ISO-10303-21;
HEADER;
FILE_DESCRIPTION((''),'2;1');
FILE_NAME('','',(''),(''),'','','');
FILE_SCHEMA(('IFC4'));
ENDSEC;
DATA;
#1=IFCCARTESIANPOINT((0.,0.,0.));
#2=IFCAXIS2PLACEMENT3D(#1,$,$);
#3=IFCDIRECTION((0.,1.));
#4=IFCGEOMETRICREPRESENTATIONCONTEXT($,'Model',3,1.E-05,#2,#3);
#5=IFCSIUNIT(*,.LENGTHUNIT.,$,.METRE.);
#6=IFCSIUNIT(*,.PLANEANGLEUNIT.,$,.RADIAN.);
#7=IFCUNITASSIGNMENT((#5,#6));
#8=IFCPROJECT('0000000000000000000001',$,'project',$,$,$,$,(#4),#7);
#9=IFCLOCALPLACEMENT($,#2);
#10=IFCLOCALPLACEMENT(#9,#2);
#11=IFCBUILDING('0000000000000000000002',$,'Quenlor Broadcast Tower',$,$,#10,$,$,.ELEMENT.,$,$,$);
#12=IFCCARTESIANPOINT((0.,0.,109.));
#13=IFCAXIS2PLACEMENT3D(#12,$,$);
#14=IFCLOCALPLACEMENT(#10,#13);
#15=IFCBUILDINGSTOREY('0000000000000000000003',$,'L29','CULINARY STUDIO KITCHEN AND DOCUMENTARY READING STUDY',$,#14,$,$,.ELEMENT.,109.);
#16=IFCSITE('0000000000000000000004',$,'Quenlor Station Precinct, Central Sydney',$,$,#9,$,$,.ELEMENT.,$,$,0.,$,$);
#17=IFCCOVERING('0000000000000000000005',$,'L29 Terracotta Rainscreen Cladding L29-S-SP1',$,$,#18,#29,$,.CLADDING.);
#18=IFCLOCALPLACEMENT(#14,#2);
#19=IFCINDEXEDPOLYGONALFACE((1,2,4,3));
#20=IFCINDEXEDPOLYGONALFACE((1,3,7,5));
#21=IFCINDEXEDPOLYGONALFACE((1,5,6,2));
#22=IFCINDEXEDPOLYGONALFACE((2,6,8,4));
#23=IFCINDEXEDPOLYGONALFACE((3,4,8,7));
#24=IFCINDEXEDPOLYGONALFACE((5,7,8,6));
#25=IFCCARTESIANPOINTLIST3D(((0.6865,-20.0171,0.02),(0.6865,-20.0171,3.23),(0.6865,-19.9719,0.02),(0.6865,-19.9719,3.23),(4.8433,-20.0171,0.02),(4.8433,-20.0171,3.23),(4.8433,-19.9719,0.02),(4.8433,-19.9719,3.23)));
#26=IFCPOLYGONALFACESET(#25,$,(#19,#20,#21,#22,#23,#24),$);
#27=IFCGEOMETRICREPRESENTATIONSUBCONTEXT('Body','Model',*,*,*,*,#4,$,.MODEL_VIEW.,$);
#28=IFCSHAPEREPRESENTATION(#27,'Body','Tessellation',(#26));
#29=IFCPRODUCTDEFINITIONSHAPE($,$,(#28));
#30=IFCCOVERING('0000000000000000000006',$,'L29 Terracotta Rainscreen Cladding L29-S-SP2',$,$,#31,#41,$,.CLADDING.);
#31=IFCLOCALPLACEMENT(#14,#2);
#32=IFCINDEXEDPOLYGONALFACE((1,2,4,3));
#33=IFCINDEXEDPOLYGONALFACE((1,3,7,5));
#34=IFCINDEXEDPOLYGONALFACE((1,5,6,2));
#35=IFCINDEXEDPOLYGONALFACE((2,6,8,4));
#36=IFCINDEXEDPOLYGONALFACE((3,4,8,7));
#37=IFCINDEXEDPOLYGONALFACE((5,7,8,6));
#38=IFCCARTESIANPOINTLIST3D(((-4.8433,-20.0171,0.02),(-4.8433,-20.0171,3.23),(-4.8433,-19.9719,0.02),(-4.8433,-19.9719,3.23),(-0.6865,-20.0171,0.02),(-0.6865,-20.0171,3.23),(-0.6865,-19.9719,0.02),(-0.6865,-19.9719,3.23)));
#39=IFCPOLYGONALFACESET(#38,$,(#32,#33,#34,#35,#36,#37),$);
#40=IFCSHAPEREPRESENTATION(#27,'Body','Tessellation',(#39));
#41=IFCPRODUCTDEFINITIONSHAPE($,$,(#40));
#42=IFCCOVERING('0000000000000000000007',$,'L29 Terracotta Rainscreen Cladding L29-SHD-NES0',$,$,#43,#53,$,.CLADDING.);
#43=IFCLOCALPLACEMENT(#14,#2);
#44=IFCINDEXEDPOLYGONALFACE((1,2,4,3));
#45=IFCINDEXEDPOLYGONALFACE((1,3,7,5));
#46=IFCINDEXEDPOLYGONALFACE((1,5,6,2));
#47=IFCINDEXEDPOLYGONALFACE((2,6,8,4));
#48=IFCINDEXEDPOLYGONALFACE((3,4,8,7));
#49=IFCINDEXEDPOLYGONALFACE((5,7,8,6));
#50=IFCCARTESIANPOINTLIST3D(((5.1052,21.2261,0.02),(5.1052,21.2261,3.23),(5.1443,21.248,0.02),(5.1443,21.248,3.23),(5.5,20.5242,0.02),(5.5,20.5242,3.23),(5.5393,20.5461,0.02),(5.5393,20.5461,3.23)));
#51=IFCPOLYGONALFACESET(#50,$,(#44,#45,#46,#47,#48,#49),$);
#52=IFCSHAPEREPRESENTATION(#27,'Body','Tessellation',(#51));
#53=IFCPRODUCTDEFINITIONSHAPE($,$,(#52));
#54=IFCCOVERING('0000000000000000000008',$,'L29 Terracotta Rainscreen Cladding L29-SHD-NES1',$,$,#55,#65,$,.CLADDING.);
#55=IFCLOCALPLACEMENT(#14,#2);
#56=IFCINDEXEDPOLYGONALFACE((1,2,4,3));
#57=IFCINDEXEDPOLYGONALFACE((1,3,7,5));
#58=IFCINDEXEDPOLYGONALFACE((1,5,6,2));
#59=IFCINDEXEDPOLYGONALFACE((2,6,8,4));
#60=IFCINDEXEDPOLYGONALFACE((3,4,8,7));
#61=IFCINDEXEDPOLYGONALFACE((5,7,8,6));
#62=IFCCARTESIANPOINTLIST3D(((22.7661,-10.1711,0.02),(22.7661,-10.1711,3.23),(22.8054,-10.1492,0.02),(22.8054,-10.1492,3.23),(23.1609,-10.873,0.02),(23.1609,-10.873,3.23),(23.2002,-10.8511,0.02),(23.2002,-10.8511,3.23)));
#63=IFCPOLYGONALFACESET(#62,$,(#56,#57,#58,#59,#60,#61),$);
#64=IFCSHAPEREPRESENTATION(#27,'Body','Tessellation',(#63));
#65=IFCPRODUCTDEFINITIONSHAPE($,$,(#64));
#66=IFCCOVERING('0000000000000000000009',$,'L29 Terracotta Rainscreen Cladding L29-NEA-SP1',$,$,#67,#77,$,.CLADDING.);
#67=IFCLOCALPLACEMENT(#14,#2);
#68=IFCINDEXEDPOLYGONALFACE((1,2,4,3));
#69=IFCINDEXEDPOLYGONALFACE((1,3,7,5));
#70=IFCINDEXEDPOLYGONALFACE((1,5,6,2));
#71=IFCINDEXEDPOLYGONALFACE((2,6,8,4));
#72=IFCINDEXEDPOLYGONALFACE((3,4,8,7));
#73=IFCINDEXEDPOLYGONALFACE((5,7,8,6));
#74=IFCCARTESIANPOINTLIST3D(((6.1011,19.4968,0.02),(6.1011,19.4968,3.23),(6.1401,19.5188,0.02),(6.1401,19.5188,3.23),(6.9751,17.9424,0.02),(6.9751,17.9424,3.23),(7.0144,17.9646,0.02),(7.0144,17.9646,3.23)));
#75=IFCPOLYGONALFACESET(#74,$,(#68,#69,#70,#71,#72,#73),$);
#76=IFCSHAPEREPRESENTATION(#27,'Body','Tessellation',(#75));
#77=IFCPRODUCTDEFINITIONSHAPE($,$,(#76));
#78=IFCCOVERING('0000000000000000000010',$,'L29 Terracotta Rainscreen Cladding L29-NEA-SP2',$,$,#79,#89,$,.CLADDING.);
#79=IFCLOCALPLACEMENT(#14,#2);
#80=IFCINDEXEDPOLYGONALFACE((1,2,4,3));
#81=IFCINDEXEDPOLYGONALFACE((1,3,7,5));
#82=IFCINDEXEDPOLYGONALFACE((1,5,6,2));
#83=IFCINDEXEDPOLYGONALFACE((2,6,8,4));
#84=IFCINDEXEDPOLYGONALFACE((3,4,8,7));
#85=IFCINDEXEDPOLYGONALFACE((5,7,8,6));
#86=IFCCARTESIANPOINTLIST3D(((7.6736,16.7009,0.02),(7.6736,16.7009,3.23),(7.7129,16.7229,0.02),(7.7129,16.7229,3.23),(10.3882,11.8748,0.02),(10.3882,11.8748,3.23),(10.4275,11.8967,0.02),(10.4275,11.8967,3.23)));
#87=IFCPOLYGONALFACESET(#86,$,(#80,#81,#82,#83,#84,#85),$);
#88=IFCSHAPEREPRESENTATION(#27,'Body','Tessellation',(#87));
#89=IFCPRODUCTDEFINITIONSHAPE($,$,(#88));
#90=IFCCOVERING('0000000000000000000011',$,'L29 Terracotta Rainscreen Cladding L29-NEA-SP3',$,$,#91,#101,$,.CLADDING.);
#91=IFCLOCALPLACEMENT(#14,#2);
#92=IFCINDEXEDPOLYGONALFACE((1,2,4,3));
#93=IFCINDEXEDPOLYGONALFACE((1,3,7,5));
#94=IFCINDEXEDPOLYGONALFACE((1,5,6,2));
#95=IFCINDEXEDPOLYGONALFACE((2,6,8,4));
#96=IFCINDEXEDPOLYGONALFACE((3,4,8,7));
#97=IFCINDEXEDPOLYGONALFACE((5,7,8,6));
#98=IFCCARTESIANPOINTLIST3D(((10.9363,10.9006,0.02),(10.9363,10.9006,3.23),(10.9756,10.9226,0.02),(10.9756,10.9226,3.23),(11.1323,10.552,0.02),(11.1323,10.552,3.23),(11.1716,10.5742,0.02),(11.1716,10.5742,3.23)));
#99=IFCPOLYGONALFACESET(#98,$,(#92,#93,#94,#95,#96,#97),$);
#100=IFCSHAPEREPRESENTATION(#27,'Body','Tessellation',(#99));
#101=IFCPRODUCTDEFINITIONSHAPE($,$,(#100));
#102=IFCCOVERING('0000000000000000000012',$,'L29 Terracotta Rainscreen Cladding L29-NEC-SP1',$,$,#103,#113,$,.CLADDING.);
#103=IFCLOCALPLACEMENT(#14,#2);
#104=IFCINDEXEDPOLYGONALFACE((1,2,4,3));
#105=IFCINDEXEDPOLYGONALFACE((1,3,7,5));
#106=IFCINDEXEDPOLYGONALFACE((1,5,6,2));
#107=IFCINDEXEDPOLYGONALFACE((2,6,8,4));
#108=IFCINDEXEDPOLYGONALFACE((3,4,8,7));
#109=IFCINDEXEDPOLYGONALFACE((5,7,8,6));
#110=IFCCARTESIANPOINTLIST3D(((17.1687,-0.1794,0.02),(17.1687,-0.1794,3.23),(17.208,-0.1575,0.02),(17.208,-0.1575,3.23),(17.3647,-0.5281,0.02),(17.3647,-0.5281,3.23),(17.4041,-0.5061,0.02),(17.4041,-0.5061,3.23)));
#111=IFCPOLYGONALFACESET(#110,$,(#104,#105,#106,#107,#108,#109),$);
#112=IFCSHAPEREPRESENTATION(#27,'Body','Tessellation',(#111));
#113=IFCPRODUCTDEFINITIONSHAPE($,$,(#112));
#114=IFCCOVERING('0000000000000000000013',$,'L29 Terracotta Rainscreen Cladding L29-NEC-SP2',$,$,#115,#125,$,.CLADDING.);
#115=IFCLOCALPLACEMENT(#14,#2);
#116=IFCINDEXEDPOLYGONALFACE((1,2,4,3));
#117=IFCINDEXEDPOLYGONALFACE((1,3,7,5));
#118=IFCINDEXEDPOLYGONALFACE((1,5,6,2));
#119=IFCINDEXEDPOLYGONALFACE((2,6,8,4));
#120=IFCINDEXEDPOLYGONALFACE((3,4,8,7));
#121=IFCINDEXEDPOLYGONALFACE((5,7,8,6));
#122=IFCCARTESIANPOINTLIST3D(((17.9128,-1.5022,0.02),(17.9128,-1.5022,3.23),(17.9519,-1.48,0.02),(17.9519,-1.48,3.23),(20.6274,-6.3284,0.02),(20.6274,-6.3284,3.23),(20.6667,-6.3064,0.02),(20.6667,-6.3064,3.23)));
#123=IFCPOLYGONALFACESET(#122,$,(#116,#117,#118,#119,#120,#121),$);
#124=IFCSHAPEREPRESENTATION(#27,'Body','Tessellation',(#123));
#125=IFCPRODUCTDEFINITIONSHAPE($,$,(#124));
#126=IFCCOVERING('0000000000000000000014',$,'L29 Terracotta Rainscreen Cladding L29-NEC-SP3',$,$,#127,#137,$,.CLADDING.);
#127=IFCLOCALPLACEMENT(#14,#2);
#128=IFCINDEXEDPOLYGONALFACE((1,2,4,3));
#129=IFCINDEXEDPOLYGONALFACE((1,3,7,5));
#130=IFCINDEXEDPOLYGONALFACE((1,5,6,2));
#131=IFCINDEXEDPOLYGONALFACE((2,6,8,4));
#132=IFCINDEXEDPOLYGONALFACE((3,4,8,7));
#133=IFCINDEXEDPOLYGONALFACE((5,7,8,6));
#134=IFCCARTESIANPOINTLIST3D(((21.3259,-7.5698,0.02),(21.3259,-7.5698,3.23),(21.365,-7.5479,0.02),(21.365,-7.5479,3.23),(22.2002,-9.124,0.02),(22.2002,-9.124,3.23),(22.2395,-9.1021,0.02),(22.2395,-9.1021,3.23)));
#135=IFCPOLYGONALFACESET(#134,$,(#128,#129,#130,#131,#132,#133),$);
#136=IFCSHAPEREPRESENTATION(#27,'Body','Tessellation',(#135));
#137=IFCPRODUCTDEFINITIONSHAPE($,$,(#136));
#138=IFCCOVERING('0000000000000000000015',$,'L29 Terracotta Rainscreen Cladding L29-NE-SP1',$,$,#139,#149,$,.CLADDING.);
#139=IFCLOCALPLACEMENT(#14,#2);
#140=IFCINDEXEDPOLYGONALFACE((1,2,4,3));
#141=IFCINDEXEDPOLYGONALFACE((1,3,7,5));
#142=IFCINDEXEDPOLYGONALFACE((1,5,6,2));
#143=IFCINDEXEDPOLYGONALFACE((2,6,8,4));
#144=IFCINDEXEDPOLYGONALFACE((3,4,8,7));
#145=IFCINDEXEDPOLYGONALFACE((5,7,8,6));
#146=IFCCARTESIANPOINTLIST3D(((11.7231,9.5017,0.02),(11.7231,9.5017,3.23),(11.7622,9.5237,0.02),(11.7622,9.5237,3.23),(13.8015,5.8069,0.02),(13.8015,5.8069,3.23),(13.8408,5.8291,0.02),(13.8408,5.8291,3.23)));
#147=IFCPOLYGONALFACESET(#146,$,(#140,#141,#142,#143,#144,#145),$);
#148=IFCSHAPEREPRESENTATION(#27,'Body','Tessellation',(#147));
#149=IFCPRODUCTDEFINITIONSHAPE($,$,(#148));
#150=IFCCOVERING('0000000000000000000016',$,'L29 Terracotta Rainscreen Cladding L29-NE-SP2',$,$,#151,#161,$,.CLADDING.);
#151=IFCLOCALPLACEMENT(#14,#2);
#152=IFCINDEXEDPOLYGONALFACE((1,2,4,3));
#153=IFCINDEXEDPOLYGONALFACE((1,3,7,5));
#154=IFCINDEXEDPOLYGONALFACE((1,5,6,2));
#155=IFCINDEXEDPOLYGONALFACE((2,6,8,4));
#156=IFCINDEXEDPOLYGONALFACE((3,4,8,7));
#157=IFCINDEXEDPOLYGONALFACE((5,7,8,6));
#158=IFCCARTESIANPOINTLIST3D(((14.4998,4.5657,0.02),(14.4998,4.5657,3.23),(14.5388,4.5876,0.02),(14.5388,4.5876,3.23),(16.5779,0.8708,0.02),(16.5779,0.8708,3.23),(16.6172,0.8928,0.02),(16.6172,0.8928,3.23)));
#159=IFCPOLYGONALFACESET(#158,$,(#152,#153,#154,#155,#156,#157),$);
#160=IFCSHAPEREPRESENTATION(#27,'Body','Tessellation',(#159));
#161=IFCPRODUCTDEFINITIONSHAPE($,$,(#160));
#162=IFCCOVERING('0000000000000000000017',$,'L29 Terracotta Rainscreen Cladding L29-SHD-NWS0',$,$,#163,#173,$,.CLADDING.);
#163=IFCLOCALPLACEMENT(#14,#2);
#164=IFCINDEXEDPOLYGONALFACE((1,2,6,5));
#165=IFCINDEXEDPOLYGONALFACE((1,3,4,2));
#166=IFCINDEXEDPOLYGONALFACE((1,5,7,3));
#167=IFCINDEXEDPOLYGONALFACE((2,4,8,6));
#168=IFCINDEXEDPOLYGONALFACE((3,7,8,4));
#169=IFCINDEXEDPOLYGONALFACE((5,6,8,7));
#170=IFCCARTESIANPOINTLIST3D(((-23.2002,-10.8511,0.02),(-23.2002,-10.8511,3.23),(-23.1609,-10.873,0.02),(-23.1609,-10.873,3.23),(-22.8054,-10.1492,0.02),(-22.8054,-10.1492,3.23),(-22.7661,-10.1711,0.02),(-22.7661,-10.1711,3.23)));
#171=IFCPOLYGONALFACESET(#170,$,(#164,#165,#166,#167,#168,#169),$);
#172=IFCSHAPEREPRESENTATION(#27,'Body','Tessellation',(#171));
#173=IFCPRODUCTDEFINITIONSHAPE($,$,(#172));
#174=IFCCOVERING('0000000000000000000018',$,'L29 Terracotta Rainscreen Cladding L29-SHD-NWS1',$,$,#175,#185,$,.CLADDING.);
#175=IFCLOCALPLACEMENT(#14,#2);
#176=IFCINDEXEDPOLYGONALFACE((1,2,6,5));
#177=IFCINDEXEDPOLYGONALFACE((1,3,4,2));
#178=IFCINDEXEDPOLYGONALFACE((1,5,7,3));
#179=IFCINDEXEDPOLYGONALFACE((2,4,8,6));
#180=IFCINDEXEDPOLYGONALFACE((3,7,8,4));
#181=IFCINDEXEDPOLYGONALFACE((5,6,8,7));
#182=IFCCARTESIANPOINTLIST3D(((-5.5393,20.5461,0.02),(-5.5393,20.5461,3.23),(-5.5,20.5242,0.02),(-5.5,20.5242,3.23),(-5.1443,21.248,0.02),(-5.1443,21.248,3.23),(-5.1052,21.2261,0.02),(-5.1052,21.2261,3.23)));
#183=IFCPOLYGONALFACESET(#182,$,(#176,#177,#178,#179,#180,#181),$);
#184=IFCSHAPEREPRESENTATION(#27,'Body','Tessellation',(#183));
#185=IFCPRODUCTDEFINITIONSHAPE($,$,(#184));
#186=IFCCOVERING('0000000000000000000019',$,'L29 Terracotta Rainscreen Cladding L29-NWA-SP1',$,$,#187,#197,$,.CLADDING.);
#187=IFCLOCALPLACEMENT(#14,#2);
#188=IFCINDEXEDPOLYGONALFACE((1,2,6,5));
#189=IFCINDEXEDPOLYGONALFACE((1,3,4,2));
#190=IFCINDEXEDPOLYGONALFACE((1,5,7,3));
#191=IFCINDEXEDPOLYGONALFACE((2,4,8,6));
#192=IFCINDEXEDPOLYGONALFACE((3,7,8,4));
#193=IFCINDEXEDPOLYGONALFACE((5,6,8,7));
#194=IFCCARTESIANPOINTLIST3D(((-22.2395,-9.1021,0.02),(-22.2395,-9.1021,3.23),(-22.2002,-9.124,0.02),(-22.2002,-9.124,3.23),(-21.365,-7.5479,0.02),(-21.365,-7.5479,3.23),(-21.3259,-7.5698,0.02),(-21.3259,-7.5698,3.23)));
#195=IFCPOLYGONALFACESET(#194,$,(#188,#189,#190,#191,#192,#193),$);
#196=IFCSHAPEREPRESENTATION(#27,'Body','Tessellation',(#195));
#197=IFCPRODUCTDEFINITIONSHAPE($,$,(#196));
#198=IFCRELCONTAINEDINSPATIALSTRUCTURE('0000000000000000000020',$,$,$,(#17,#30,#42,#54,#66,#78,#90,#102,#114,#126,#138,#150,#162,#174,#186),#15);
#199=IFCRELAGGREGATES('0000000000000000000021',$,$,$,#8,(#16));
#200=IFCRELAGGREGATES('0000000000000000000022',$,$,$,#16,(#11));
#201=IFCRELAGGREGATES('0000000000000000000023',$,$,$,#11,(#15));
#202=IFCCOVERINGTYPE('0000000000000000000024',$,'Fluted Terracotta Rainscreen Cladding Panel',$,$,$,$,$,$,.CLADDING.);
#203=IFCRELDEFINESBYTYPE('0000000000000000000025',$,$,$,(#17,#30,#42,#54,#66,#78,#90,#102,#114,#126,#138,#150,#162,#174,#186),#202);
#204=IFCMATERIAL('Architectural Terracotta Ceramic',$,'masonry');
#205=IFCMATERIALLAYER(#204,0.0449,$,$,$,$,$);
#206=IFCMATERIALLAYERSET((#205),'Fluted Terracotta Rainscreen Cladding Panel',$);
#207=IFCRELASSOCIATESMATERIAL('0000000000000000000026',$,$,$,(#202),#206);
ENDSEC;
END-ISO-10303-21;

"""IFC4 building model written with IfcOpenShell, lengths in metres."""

from ifc_helpers import new_model, si_unit, direction, frame, origin, place, context, subcontext, project, spatial, polyline, outline, extrude, material, layer, layer_set, type_object, element, save


model = new_model("IFC4")

# Units and contexts
model_context = context("Model", 3, precision=1e-05, world=origin(), true_north=direction((0.0, 1.0)))
body_context = subcontext(model_context, "Body", "Model", "MODEL_VIEW")
ifc_project = project(units=[si_unit("LENGTHUNIT", "METRE"), si_unit("PLANEANGLEUNIT", "RADIAN")], contexts=[model_context])

# Site, building, storey
site_placement = place(None, origin())
site = spatial("IfcSite", under=ifc_project, at=site_placement, Name="Quenlor Station Precinct, Central Sydney", CompositionType="ELEMENT", RefElevation=0.0)
building_placement = place(site_placement, origin())
building = spatial("IfcBuilding", under=site, at=building_placement, Name="Quenlor Broadcast Tower", CompositionType="ELEMENT")
storey_placement = place(building_placement, frame((0.0, 0.0, 109.0)))
storey = spatial("IfcBuildingStorey", under=building, at=storey_placement, Name="L29", Description="CULINARY STUDIO KITCHEN AND DOCUMENTARY READING STUDY", CompositionType="ELEMENT", Elevation=109.0)

# Coverings
ifc_material_1 = material(Name="Architectural Terracotta Ceramic", Category="masonry")
ifc_layer_1 = layer(ifc_material_1, 0.0449)
ifc_layer_set_1 = layer_set([ifc_layer_1], Name="Fluted Terracotta Rainscreen Cladding Panel")
covering_type = type_object("IfcCoveringType", Name="Fluted Terracotta Rainscreen Cladding Panel", PredefinedType="CLADDING", material=ifc_layer_set_1)
covering_1_placement = place(storey_placement, frame((0.0, 0.0, 0.02)))
element("IfcCovering", 1, at=covering_1_placement, inside=storey, type_object=covering_type, Name="L29 Terracotta Rainscreen Cladding L29-S-SP1", PredefinedType="CLADDING", context=body_context, shape_type="SweptSolid", body=[
    extrude(outline(polyline([(4.8433, -19.9719), (0.6865, -19.9719), (0.6865, -20.0171), (4.8433, -20.0171), (4.8433, -19.9719)])), origin(), (0.0, 0.0, 1.0), 3.21),
])
covering_2_placement = place(storey_placement, frame((0.0, 0.0, 0.02)))
element("IfcCovering", 2, at=covering_2_placement, inside=storey, type_object=covering_type, Name="L29 Terracotta Rainscreen Cladding L29-S-SP2", PredefinedType="CLADDING", context=body_context, shape_type="SweptSolid", body=[
    extrude(outline(polyline([(-0.6865, -19.9719), (-4.8433, -19.9719), (-4.8433, -20.0171), (-0.6865, -20.0171), (-0.6865, -19.9719)])), origin(), (0.0, 0.0, 1.0), 3.21),
])
covering_3_placement = place(storey_placement, frame((0.0, 0.0, 0.02)))
element("IfcCovering", 3, at=covering_3_placement, inside=storey, type_object=covering_type, Name="L29 Terracotta Rainscreen Cladding L29-SHD-NES0", PredefinedType="CLADDING", context=body_context, shape_type="SweptSolid", body=[
    extrude(outline(polyline([(5.1052, 21.2261), (5.5, 20.5242), (5.5393, 20.5461), (5.1443, 21.248), (5.1052, 21.2261)])), origin(), (0.0, 0.0, 1.0), 3.21),
])
covering_4_placement = place(storey_placement, frame((0.0, 0.0, 0.02)))
element("IfcCovering", 4, at=covering_4_placement, inside=storey, type_object=covering_type, Name="L29 Terracotta Rainscreen Cladding L29-SHD-NES1", PredefinedType="CLADDING", context=body_context, shape_type="SweptSolid", body=[
    extrude(outline(polyline([(22.7661, -10.1711), (23.1609, -10.873), (23.2002, -10.8511), (22.8054, -10.1492), (22.7661, -10.1711)])), origin(), (0.0, 0.0, 1.0), 3.21),
])
covering_5_placement = place(storey_placement, frame((0.0, 0.0, 0.02)))
element("IfcCovering", 5, at=covering_5_placement, inside=storey, type_object=covering_type, Name="L29 Terracotta Rainscreen Cladding L29-NEA-SP1", PredefinedType="CLADDING", context=body_context, shape_type="SweptSolid", body=[
    extrude(outline(polyline([(6.1011, 19.4968), (6.9751, 17.9424), (7.0144, 17.9646), (6.1401, 19.5188), (6.1011, 19.4968)])), origin(), (0.0, 0.0, 1.0), 3.21),
])
covering_6_placement = place(storey_placement, frame((0.0, 0.0, 0.02)))
element("IfcCovering", 6, at=covering_6_placement, inside=storey, type_object=covering_type, Name="L29 Terracotta Rainscreen Cladding L29-NEA-SP2", PredefinedType="CLADDING", context=body_context, shape_type="SweptSolid", body=[
    extrude(outline(polyline([(7.6736, 16.7009), (10.3882, 11.8748), (10.4275, 11.8967), (7.7129, 16.7229), (7.6736, 16.7009)])), origin(), (0.0, 0.0, 1.0), 3.21),
])
covering_7_placement = place(storey_placement, frame((0.0, 0.0, 0.02)))
element("IfcCovering", 7, at=covering_7_placement, inside=storey, type_object=covering_type, Name="L29 Terracotta Rainscreen Cladding L29-NEA-SP3", PredefinedType="CLADDING", context=body_context, shape_type="SweptSolid", body=[
    extrude(outline(polyline([(10.9363, 10.9006), (11.1323, 10.552), (11.1716, 10.5742), (10.9756, 10.9226), (10.9363, 10.9006)])), origin(), (0.0, 0.0, 1.0), 3.21),
])
covering_8_placement = place(storey_placement, frame((0.0, 0.0, 0.02)))
element("IfcCovering", 8, at=covering_8_placement, inside=storey, type_object=covering_type, Name="L29 Terracotta Rainscreen Cladding L29-NEC-SP1", PredefinedType="CLADDING", context=body_context, shape_type="SweptSolid", body=[
    extrude(outline(polyline([(17.1687, -0.1794), (17.3647, -0.5281), (17.4041, -0.5061), (17.208, -0.1575), (17.1687, -0.1794)])), origin(), (0.0, 0.0, 1.0), 3.21),
])
covering_9_placement = place(storey_placement, frame((0.0, 0.0, 0.02)))
element("IfcCovering", 9, at=covering_9_placement, inside=storey, type_object=covering_type, Name="L29 Terracotta Rainscreen Cladding L29-NEC-SP2", PredefinedType="CLADDING", context=body_context, shape_type="SweptSolid", body=[
    extrude(outline(polyline([(17.9128, -1.5022), (20.6274, -6.3284), (20.6667, -6.3064), (17.9519, -1.48), (17.9128, -1.5022)])), origin(), (0.0, 0.0, 1.0), 3.21),
])
covering_10_placement = place(storey_placement, frame((0.0, 0.0, 0.02)))
element("IfcCovering", 10, at=covering_10_placement, inside=storey, type_object=covering_type, Name="L29 Terracotta Rainscreen Cladding L29-NEC-SP3", PredefinedType="CLADDING", context=body_context, shape_type="SweptSolid", body=[
    extrude(outline(polyline([(21.3259, -7.5698), (22.2002, -9.124), (22.2395, -9.1021), (21.365, -7.5479), (21.3259, -7.5698)])), origin(), (0.0, 0.0, 1.0), 3.21),
])
covering_11_placement = place(storey_placement, frame((0.0, 0.0, 0.02)))
element("IfcCovering", 11, at=covering_11_placement, inside=storey, type_object=covering_type, Name="L29 Terracotta Rainscreen Cladding L29-NE-SP1", PredefinedType="CLADDING", context=body_context, shape_type="SweptSolid", body=[
    extrude(outline(polyline([(11.7231, 9.5017), (13.8015, 5.8069), (13.8408, 5.8291), (11.7622, 9.5237), (11.7231, 9.5017)])), origin(), (0.0, 0.0, 1.0), 3.21),
])
covering_12_placement = place(storey_placement, frame((0.0, 0.0, 0.02)))
element("IfcCovering", 12, at=covering_12_placement, inside=storey, type_object=covering_type, Name="L29 Terracotta Rainscreen Cladding L29-NE-SP2", PredefinedType="CLADDING", context=body_context, shape_type="SweptSolid", body=[
    extrude(outline(polyline([(14.4998, 4.5657), (16.5779, 0.8708), (16.6172, 0.8928), (14.5388, 4.5876), (14.4998, 4.5657)])), origin(), (0.0, 0.0, 1.0), 3.21),
])
covering_13_placement = place(storey_placement, frame((0.0, 0.0, 0.02)))
element("IfcCovering", 13, at=covering_13_placement, inside=storey, type_object=covering_type, Name="L29 Terracotta Rainscreen Cladding L29-SHD-NWS0", PredefinedType="CLADDING", context=body_context, shape_type="SweptSolid", body=[
    extrude(outline(polyline([(-23.1609, -10.873), (-22.7661, -10.1711), (-22.8054, -10.1492), (-23.2002, -10.8511), (-23.1609, -10.873)])), origin(), (0.0, 0.0, 1.0), 3.21),
])
covering_14_placement = place(storey_placement, frame((0.0, 0.0, 0.02)))
element("IfcCovering", 14, at=covering_14_placement, inside=storey, type_object=covering_type, Name="L29 Terracotta Rainscreen Cladding L29-SHD-NWS1", PredefinedType="CLADDING", context=body_context, shape_type="SweptSolid", body=[
    extrude(outline(polyline([(-5.5, 20.5242), (-5.1052, 21.2261), (-5.1443, 21.248), (-5.5393, 20.5461), (-5.5, 20.5242)])), origin(), (0.0, 0.0, 1.0), 3.21),
])
covering_15_placement = place(storey_placement, frame((0.0, 0.0, 0.02)))
element("IfcCovering", 15, at=covering_15_placement, inside=storey, type_object=covering_type, Name="L29 Terracotta Rainscreen Cladding L29-NWA-SP1", PredefinedType="CLADDING", context=body_context, shape_type="SweptSolid", body=[
    extrude(outline(polyline([(-22.2002, -9.124), (-21.3259, -7.5698), (-21.365, -7.5479), (-22.2395, -9.1021), (-22.2002, -9.124)])), origin(), (0.0, 0.0, 1.0), 3.21),
])

save(model, "model.ifc")
